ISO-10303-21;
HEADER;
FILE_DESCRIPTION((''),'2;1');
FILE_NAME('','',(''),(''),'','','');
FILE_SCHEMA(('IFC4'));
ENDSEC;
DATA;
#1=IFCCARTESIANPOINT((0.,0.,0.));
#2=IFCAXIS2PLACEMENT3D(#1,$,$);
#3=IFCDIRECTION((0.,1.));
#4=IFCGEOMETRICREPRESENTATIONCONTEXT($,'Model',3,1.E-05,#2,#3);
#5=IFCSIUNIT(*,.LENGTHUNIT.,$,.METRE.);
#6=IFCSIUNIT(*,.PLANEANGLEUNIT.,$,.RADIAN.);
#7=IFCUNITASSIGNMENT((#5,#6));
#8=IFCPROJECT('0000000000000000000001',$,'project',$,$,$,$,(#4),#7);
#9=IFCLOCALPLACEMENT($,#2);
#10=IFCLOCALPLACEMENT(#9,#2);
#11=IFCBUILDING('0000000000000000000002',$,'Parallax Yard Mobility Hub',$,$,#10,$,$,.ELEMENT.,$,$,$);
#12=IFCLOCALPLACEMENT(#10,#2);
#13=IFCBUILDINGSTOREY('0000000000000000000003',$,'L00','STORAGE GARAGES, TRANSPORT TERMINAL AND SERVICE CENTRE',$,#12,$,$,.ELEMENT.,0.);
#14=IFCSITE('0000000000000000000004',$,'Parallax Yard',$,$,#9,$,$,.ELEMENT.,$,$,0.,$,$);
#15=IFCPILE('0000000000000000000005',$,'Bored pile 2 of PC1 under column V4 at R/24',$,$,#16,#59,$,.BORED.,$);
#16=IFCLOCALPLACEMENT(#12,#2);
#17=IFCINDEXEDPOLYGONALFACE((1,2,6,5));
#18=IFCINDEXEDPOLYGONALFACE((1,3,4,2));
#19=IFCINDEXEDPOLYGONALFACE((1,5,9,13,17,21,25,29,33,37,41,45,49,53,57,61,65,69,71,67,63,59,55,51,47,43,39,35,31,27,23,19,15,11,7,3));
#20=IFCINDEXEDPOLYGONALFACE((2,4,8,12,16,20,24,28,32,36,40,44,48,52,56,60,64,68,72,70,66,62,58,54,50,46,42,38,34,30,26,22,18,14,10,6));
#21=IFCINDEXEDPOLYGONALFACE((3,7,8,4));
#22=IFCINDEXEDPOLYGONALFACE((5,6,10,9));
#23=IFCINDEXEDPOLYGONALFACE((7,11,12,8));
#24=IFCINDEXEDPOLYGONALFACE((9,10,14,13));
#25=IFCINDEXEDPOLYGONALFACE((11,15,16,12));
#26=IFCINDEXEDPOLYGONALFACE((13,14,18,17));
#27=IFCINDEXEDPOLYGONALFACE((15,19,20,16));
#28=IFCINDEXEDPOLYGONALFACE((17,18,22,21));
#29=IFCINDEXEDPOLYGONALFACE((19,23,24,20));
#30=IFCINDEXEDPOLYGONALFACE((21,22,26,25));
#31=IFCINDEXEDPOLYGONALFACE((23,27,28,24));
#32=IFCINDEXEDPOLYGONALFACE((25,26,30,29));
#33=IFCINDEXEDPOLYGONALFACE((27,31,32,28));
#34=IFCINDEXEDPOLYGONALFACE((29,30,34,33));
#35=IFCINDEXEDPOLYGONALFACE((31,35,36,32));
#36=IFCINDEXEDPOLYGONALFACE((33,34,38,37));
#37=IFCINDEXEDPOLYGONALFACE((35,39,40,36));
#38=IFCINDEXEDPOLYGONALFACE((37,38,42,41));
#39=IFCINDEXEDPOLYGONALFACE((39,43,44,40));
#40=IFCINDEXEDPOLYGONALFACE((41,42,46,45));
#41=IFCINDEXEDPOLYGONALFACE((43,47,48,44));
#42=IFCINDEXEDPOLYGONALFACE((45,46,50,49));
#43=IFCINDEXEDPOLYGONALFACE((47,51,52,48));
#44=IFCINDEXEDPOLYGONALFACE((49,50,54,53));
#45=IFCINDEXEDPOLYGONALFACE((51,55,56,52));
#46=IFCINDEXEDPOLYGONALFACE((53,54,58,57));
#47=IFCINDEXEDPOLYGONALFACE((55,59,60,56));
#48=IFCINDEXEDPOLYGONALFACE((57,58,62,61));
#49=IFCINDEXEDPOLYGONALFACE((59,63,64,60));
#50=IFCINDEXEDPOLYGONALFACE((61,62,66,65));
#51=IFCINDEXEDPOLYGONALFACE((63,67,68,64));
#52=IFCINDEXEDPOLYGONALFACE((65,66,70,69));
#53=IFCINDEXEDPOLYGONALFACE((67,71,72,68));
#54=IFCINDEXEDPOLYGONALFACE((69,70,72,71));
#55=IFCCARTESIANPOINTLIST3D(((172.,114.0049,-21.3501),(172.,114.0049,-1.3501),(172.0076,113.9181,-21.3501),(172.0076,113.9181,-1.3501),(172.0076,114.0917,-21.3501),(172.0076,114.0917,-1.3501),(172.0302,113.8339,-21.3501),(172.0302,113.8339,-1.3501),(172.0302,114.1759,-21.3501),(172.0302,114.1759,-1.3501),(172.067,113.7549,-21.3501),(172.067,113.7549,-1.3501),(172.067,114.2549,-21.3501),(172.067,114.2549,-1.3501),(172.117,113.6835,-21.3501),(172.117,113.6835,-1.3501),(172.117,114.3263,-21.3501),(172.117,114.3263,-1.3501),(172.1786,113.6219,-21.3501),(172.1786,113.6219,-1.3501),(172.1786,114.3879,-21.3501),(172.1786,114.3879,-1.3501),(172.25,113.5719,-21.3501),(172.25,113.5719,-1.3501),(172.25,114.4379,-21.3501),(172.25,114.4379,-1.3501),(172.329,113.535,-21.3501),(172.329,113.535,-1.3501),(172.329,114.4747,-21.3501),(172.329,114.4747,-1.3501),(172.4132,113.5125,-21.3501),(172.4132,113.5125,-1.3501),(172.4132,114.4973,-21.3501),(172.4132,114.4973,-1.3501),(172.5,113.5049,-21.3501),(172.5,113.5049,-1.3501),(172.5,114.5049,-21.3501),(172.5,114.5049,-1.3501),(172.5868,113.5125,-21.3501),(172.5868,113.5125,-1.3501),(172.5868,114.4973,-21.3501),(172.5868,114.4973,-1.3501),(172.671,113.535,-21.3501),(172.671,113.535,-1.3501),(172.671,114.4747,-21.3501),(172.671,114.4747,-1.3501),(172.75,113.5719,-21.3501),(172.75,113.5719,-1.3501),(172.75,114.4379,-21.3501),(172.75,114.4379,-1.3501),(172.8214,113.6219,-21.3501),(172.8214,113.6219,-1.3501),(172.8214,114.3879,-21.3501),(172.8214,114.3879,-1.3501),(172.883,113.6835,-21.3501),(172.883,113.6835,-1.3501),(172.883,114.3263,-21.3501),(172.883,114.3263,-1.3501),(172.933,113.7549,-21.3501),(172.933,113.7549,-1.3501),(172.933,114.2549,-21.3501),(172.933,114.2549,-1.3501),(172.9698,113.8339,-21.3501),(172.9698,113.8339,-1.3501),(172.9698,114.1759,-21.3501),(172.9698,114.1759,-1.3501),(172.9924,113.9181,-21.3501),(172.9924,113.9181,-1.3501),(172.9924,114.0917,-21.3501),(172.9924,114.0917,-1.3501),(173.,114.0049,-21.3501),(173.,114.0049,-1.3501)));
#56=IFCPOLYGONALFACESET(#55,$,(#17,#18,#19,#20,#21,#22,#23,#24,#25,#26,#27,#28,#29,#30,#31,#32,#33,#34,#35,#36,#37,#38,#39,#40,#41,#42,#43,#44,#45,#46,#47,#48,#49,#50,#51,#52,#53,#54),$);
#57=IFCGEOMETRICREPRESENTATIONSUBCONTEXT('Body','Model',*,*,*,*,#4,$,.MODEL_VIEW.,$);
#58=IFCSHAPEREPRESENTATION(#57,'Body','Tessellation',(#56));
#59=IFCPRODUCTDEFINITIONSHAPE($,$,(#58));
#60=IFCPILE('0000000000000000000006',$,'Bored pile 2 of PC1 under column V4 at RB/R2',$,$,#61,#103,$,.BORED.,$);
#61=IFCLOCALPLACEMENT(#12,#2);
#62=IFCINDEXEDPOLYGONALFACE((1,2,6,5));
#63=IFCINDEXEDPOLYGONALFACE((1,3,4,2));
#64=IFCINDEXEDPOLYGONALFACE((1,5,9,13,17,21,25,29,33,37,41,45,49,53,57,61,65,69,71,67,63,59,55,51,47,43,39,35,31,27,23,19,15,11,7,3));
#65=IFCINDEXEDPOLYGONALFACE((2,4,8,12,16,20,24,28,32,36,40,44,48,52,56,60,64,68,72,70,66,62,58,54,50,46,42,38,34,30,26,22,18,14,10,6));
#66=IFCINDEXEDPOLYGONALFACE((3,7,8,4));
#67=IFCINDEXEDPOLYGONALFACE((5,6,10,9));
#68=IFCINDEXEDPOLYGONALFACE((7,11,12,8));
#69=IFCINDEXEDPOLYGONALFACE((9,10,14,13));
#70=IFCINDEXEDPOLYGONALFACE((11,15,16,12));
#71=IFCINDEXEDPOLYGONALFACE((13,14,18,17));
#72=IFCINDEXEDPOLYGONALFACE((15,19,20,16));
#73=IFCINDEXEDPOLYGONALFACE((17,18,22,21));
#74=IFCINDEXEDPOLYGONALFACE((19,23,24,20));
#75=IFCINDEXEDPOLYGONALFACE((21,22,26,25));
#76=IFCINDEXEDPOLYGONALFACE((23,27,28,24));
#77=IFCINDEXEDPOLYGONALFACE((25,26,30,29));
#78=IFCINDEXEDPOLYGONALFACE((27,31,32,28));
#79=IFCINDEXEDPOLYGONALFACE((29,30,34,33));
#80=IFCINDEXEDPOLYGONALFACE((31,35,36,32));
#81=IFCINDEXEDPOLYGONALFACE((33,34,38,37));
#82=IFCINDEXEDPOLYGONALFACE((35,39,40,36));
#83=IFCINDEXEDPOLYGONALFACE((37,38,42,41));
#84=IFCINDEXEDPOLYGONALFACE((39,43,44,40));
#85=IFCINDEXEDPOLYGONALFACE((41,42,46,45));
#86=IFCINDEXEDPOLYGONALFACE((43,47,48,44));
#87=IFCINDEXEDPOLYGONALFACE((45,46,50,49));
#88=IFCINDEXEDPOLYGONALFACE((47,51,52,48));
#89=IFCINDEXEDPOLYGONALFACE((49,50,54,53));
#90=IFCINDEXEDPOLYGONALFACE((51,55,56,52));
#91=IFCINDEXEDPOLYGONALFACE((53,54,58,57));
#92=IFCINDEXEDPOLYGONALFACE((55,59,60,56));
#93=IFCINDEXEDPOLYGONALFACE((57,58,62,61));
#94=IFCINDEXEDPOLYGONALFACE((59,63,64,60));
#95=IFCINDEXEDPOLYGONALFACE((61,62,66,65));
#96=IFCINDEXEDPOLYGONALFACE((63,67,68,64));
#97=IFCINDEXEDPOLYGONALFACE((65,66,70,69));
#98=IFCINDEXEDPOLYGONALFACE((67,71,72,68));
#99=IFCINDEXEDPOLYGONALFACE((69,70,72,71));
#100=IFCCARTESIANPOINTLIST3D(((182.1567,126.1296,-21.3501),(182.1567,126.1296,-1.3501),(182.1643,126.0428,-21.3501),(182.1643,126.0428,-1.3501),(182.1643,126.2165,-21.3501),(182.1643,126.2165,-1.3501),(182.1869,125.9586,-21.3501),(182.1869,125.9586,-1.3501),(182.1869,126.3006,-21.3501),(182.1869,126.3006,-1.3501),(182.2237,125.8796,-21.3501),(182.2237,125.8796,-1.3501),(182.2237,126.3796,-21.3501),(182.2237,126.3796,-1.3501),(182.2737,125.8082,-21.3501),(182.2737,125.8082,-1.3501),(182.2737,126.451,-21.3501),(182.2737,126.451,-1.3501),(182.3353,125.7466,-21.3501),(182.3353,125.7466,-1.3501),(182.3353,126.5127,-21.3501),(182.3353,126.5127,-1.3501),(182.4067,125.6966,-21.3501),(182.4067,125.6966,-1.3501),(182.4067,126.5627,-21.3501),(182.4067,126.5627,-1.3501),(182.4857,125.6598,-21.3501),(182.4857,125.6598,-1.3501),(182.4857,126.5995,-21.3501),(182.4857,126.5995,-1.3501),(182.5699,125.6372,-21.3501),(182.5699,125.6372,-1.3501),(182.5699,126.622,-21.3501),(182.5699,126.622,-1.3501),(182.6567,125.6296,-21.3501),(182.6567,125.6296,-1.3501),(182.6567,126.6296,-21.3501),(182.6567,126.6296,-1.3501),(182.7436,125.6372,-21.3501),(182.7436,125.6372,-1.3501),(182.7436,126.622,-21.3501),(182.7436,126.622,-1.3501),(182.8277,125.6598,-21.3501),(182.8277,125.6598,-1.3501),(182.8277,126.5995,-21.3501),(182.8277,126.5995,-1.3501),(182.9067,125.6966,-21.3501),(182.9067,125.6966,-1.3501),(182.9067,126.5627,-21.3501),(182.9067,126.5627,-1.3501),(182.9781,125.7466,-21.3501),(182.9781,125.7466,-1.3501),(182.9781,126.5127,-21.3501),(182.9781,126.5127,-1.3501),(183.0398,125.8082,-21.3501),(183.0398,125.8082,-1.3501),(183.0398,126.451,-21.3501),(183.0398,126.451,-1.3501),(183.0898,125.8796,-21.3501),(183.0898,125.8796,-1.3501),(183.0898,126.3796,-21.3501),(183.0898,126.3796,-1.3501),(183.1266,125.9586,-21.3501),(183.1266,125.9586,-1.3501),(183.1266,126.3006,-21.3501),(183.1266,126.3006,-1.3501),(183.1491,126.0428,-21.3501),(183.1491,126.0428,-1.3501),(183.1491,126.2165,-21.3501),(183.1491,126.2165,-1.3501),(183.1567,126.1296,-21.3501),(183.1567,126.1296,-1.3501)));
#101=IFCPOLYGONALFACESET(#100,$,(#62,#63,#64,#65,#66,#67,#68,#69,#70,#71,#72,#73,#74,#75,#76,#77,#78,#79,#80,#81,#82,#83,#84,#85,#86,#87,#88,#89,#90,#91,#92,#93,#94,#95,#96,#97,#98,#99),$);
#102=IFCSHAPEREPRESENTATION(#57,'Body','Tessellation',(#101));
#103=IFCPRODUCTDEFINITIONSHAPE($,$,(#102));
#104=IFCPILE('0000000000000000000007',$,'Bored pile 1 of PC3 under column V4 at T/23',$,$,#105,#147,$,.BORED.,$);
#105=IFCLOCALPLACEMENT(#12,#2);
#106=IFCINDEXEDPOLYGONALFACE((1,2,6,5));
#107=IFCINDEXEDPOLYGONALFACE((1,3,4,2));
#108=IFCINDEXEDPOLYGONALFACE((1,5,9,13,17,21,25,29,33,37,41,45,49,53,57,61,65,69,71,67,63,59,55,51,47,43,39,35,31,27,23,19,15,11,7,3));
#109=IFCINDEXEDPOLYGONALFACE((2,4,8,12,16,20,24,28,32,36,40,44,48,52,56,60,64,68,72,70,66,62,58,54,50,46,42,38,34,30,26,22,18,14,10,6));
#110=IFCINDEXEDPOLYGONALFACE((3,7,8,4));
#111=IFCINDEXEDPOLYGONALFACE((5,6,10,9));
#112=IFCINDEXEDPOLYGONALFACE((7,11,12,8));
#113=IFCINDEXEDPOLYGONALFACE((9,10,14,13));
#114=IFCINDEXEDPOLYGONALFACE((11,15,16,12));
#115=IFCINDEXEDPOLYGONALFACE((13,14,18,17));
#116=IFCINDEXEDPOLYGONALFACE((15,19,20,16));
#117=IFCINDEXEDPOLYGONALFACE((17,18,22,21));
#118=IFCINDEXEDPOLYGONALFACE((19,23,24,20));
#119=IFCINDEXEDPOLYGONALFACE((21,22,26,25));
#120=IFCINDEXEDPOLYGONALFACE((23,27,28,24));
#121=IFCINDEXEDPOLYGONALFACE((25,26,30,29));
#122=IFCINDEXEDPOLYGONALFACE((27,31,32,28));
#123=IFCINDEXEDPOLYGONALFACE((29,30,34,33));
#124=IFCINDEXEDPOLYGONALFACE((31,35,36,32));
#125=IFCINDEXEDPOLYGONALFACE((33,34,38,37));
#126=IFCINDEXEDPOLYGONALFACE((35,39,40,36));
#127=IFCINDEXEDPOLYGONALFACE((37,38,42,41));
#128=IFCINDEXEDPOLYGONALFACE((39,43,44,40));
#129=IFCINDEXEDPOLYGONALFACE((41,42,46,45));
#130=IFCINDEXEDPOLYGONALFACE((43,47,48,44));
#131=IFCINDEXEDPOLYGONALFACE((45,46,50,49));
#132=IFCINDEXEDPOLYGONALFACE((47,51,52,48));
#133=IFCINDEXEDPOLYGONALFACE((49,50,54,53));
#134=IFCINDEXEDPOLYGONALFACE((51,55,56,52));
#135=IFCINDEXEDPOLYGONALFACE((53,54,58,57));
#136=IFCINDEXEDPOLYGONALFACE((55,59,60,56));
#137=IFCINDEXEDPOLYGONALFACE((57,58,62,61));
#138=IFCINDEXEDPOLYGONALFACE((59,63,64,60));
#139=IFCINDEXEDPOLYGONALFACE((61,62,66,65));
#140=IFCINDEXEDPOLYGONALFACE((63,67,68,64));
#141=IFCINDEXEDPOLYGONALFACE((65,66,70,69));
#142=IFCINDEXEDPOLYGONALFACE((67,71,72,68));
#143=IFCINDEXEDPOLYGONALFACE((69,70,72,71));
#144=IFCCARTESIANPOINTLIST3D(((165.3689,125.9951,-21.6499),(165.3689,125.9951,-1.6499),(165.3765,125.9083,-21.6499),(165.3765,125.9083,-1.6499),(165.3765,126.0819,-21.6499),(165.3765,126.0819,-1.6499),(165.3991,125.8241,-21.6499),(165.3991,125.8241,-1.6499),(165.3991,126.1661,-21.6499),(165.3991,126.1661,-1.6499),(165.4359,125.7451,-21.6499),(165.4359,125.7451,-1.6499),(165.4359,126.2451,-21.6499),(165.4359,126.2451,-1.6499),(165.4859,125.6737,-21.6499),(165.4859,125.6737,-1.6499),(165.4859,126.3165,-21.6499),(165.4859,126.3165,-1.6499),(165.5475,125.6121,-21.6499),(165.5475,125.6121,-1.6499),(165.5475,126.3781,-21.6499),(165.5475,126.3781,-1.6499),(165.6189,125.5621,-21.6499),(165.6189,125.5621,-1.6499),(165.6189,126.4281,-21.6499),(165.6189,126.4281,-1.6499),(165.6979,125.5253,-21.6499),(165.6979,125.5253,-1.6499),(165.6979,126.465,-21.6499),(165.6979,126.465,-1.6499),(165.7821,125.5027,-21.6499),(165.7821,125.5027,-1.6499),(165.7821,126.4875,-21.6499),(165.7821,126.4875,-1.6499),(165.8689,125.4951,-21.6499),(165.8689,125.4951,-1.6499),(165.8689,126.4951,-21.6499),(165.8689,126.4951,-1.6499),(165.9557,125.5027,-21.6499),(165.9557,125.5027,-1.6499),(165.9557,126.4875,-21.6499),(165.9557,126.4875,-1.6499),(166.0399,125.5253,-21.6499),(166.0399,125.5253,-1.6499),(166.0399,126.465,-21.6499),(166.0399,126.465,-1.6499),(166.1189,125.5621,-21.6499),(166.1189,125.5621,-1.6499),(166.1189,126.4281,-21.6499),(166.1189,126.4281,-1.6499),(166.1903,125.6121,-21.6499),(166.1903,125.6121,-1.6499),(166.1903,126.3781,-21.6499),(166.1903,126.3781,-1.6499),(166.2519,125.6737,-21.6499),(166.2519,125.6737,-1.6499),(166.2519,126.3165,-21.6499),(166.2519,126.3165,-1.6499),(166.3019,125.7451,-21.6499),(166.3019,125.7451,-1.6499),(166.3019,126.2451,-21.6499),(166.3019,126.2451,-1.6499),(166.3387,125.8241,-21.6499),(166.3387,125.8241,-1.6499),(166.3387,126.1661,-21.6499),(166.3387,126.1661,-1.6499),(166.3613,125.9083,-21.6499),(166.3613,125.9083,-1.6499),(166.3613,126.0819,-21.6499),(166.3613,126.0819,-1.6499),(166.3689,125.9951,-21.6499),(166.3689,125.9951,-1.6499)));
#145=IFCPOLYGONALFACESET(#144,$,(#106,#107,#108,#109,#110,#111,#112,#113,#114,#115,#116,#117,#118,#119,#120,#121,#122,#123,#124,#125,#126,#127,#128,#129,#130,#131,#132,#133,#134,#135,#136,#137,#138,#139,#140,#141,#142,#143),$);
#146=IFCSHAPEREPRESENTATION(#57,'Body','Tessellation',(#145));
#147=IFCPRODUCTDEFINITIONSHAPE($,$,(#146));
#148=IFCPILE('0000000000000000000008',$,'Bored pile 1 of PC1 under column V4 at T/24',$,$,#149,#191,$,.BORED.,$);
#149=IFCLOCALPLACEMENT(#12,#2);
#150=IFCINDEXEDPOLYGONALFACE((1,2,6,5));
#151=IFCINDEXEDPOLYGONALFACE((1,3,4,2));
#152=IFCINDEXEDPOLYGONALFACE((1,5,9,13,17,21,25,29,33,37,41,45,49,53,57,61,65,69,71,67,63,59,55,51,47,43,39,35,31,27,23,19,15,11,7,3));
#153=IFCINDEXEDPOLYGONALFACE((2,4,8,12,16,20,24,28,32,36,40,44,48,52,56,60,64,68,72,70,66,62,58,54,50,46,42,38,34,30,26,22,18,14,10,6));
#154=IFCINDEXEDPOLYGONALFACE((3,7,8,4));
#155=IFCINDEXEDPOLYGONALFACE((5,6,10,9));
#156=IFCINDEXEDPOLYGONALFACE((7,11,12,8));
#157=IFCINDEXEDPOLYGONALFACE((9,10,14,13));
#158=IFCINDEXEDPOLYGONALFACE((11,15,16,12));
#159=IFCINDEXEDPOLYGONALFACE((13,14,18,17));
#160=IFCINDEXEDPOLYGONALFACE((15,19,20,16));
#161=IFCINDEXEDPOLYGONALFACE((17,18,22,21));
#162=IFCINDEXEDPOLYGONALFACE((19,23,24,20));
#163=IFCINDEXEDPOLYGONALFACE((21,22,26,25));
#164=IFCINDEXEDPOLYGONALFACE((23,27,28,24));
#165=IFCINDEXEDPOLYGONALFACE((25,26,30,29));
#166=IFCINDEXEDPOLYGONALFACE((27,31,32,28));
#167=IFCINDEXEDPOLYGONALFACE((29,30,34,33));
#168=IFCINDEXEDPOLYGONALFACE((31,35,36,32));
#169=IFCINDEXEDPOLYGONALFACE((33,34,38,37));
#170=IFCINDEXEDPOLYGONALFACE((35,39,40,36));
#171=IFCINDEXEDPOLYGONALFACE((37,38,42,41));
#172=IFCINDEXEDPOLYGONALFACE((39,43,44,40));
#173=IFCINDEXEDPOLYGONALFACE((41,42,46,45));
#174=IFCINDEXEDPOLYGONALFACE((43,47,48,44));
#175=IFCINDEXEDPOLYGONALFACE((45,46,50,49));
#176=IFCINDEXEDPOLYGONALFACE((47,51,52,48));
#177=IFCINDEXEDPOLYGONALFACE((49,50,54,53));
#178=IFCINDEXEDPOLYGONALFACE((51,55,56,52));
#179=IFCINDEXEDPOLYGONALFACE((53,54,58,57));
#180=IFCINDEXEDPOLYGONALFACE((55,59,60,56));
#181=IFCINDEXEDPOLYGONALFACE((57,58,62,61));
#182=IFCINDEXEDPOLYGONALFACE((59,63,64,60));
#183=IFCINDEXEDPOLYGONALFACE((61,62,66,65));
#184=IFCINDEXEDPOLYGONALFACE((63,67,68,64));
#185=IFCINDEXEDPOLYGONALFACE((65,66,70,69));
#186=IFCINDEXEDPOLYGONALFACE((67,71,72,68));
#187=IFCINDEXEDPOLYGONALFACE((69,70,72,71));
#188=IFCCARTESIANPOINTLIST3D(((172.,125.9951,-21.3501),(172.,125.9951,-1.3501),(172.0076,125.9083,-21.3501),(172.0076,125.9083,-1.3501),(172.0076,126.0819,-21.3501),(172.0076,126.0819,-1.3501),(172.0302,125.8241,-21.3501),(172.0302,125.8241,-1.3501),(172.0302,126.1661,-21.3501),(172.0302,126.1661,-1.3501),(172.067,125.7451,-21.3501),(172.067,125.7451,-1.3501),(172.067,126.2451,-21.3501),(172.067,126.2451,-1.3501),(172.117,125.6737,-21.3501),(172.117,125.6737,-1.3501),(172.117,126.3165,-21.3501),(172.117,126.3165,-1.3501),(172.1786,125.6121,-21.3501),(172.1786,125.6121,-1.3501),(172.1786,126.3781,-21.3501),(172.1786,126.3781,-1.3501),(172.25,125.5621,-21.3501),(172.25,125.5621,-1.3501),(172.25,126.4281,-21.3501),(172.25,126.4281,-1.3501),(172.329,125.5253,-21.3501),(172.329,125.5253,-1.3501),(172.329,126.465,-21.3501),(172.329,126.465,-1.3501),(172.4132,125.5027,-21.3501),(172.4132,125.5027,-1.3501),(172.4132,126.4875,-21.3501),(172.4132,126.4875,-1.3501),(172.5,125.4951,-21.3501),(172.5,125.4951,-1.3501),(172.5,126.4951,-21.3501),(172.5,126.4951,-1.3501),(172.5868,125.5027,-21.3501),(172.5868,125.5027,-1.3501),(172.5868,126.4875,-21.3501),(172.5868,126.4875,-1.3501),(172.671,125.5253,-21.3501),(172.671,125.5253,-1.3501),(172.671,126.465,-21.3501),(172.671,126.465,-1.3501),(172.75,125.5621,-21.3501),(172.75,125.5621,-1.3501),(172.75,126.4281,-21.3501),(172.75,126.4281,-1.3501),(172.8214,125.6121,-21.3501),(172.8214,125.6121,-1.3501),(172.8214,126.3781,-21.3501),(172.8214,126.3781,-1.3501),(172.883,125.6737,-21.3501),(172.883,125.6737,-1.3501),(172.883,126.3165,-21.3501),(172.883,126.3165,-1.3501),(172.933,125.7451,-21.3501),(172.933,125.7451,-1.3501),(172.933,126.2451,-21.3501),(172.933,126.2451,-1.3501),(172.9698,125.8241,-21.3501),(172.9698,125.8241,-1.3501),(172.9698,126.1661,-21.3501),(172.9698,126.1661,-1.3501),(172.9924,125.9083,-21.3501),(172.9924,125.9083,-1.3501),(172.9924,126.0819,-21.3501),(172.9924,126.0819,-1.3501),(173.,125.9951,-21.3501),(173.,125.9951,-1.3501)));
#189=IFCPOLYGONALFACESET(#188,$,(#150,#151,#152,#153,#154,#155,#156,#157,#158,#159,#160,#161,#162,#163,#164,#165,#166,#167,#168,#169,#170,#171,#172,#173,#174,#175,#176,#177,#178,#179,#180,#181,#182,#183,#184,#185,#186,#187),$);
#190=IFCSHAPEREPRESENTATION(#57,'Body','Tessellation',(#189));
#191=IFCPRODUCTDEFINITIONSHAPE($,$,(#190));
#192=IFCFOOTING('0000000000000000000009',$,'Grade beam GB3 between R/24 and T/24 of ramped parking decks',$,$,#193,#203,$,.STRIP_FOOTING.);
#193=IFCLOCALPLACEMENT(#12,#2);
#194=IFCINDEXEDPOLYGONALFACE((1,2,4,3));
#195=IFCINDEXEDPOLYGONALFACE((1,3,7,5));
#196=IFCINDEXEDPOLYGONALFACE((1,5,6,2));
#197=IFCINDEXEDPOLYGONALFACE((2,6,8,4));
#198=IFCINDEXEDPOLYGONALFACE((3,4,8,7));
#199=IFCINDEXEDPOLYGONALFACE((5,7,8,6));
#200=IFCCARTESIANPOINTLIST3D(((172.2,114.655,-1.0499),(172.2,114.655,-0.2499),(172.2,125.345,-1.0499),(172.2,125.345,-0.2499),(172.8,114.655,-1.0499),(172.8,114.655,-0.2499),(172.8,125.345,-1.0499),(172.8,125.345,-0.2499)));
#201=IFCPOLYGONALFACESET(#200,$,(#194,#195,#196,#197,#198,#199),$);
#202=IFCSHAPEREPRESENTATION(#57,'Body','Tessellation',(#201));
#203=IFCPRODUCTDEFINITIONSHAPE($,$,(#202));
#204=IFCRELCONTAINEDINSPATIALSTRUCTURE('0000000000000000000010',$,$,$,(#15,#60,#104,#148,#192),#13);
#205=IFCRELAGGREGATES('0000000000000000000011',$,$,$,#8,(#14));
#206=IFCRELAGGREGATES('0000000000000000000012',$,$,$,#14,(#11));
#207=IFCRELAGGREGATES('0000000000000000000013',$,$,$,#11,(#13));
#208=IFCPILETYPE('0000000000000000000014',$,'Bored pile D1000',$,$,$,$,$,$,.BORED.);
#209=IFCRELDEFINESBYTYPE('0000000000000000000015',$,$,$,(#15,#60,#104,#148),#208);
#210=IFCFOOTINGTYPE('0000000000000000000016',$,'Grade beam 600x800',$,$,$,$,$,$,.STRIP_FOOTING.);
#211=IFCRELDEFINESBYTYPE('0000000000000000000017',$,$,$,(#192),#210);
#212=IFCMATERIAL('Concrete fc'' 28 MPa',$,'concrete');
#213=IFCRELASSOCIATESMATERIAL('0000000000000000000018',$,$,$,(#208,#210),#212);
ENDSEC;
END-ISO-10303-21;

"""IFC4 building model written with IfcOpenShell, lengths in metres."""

from ifc_helpers import new_model, si_unit, direction, frame, origin, origin_2d, place, context, subcontext, project, spatial, rectangle, circle, extrude, material, material_profile, profile_set, type_object, element, save


model = new_model("IFC4")

# Units and contexts
model_context = context("Model", 3, precision=1e-05, world=origin(), true_north=direction((0.0, 1.0)))
body_context = subcontext(model_context, "Body", "Model", "MODEL_VIEW")
ifc_project = project(units=[si_unit("LENGTHUNIT", "METRE"), si_unit("PLANEANGLEUNIT", "RADIAN")], contexts=[model_context])

# Site, building, storey
site_placement = place(None, origin())
site = spatial("IfcSite", under=ifc_project, at=site_placement, Name="Parallax Yard", CompositionType="ELEMENT", RefElevation=0.0)
building_placement = place(site_placement, origin())
building = spatial("IfcBuilding", under=site, at=building_placement, Name="Parallax Yard Mobility Hub", CompositionType="ELEMENT")
storey_placement = place(building_placement, origin())
storey = spatial("IfcBuildingStorey", under=building, at=storey_placement, Name="L00", Description="STORAGE GARAGES, TRANSPORT TERMINAL AND SERVICE CENTRE", CompositionType="ELEMENT", Elevation=0.0)

# Piles
ifc_material_1 = material(Name="Concrete fc' 28 MPa", Category="concrete")
ifc_material_profile_1 = material_profile(ifc_material_1, circle(Radius=0.5, at=origin_2d()), Name="Bored pile D1000")
ifc_profile_set_1 = profile_set([ifc_material_profile_1], Name="Concrete fc' 28 MPa")
pile_type = type_object("IfcPileType", Name="Bored pile D1000", PredefinedType="BORED", material=ifc_profile_set_1)
for number, where, z_axis, x_axis, name in (
    (1, (172.5, 114.0049, -1.3501), (0.0, 0.0, -1.0), (1.0, 0.0, 0.0), "Bored pile 2 of PC1 under column V4 at R/24"),
    (2, (182.6567, 126.1296, -1.3501), (0.0, 0.0, -1.0), (1.0, 0.0, 0.0), "Bored pile 2 of PC1 under column V4 at RB/R2"),
    (3, (165.8689, 125.9951, -1.6499), (0.0, 0.0, -1.0), (1.0, 0.0, 0.0), "Bored pile 1 of PC3 under column V4 at T/23"),
    (4, (172.5, 125.9951, -1.3501), (0.0, 0.0, -1.0), (1.0, 0.0, 0.0), "Bored pile 1 of PC1 under column V4 at T/24"),
):
    element("IfcPile", number, at=place(storey_placement, frame(where, z_axis=z_axis, x_axis=x_axis)), inside=storey, type_object=pile_type, Name=name, PredefinedType="BORED", context=body_context, shape_type="SweptSolid", body=[
        extrude(circle(Radius=0.5, at=origin_2d()), origin(), (0.0, 0.0, 1.0), 20.0),
    ])

# Footing
ifc_material_profile_2 = material_profile(ifc_material_1, rectangle(XDim=0.6001, YDim=0.8, at=origin_2d()), Name="Grade beam 600x800")
ifc_profile_set_2 = profile_set([ifc_material_profile_2], Name="Concrete fc' 28 MPa")
footing_type = type_object("IfcFootingType", Name="Grade beam 600x800", PredefinedType="STRIP_FOOTING", material=ifc_profile_set_2)
footing_placement = place(storey_placement, frame((172.5, 114.655, -0.6499), z_axis=(0.0, 1.0, 0.0), x_axis=(-1.0, 0.0, 0.0)))
element("IfcFooting", 5, at=footing_placement, inside=storey, type_object=footing_type, Name="Grade beam GB3 between R/24 and T/24 of ramped parking decks", PredefinedType="STRIP_FOOTING", context=body_context, shape_type="SweptSolid", body=[
    extrude(rectangle(XDim=0.6001, YDim=0.8, at=origin_2d()), origin(), (0.0, 0.0, 1.0), 10.6899),
])

save(model, "model.ifc")
